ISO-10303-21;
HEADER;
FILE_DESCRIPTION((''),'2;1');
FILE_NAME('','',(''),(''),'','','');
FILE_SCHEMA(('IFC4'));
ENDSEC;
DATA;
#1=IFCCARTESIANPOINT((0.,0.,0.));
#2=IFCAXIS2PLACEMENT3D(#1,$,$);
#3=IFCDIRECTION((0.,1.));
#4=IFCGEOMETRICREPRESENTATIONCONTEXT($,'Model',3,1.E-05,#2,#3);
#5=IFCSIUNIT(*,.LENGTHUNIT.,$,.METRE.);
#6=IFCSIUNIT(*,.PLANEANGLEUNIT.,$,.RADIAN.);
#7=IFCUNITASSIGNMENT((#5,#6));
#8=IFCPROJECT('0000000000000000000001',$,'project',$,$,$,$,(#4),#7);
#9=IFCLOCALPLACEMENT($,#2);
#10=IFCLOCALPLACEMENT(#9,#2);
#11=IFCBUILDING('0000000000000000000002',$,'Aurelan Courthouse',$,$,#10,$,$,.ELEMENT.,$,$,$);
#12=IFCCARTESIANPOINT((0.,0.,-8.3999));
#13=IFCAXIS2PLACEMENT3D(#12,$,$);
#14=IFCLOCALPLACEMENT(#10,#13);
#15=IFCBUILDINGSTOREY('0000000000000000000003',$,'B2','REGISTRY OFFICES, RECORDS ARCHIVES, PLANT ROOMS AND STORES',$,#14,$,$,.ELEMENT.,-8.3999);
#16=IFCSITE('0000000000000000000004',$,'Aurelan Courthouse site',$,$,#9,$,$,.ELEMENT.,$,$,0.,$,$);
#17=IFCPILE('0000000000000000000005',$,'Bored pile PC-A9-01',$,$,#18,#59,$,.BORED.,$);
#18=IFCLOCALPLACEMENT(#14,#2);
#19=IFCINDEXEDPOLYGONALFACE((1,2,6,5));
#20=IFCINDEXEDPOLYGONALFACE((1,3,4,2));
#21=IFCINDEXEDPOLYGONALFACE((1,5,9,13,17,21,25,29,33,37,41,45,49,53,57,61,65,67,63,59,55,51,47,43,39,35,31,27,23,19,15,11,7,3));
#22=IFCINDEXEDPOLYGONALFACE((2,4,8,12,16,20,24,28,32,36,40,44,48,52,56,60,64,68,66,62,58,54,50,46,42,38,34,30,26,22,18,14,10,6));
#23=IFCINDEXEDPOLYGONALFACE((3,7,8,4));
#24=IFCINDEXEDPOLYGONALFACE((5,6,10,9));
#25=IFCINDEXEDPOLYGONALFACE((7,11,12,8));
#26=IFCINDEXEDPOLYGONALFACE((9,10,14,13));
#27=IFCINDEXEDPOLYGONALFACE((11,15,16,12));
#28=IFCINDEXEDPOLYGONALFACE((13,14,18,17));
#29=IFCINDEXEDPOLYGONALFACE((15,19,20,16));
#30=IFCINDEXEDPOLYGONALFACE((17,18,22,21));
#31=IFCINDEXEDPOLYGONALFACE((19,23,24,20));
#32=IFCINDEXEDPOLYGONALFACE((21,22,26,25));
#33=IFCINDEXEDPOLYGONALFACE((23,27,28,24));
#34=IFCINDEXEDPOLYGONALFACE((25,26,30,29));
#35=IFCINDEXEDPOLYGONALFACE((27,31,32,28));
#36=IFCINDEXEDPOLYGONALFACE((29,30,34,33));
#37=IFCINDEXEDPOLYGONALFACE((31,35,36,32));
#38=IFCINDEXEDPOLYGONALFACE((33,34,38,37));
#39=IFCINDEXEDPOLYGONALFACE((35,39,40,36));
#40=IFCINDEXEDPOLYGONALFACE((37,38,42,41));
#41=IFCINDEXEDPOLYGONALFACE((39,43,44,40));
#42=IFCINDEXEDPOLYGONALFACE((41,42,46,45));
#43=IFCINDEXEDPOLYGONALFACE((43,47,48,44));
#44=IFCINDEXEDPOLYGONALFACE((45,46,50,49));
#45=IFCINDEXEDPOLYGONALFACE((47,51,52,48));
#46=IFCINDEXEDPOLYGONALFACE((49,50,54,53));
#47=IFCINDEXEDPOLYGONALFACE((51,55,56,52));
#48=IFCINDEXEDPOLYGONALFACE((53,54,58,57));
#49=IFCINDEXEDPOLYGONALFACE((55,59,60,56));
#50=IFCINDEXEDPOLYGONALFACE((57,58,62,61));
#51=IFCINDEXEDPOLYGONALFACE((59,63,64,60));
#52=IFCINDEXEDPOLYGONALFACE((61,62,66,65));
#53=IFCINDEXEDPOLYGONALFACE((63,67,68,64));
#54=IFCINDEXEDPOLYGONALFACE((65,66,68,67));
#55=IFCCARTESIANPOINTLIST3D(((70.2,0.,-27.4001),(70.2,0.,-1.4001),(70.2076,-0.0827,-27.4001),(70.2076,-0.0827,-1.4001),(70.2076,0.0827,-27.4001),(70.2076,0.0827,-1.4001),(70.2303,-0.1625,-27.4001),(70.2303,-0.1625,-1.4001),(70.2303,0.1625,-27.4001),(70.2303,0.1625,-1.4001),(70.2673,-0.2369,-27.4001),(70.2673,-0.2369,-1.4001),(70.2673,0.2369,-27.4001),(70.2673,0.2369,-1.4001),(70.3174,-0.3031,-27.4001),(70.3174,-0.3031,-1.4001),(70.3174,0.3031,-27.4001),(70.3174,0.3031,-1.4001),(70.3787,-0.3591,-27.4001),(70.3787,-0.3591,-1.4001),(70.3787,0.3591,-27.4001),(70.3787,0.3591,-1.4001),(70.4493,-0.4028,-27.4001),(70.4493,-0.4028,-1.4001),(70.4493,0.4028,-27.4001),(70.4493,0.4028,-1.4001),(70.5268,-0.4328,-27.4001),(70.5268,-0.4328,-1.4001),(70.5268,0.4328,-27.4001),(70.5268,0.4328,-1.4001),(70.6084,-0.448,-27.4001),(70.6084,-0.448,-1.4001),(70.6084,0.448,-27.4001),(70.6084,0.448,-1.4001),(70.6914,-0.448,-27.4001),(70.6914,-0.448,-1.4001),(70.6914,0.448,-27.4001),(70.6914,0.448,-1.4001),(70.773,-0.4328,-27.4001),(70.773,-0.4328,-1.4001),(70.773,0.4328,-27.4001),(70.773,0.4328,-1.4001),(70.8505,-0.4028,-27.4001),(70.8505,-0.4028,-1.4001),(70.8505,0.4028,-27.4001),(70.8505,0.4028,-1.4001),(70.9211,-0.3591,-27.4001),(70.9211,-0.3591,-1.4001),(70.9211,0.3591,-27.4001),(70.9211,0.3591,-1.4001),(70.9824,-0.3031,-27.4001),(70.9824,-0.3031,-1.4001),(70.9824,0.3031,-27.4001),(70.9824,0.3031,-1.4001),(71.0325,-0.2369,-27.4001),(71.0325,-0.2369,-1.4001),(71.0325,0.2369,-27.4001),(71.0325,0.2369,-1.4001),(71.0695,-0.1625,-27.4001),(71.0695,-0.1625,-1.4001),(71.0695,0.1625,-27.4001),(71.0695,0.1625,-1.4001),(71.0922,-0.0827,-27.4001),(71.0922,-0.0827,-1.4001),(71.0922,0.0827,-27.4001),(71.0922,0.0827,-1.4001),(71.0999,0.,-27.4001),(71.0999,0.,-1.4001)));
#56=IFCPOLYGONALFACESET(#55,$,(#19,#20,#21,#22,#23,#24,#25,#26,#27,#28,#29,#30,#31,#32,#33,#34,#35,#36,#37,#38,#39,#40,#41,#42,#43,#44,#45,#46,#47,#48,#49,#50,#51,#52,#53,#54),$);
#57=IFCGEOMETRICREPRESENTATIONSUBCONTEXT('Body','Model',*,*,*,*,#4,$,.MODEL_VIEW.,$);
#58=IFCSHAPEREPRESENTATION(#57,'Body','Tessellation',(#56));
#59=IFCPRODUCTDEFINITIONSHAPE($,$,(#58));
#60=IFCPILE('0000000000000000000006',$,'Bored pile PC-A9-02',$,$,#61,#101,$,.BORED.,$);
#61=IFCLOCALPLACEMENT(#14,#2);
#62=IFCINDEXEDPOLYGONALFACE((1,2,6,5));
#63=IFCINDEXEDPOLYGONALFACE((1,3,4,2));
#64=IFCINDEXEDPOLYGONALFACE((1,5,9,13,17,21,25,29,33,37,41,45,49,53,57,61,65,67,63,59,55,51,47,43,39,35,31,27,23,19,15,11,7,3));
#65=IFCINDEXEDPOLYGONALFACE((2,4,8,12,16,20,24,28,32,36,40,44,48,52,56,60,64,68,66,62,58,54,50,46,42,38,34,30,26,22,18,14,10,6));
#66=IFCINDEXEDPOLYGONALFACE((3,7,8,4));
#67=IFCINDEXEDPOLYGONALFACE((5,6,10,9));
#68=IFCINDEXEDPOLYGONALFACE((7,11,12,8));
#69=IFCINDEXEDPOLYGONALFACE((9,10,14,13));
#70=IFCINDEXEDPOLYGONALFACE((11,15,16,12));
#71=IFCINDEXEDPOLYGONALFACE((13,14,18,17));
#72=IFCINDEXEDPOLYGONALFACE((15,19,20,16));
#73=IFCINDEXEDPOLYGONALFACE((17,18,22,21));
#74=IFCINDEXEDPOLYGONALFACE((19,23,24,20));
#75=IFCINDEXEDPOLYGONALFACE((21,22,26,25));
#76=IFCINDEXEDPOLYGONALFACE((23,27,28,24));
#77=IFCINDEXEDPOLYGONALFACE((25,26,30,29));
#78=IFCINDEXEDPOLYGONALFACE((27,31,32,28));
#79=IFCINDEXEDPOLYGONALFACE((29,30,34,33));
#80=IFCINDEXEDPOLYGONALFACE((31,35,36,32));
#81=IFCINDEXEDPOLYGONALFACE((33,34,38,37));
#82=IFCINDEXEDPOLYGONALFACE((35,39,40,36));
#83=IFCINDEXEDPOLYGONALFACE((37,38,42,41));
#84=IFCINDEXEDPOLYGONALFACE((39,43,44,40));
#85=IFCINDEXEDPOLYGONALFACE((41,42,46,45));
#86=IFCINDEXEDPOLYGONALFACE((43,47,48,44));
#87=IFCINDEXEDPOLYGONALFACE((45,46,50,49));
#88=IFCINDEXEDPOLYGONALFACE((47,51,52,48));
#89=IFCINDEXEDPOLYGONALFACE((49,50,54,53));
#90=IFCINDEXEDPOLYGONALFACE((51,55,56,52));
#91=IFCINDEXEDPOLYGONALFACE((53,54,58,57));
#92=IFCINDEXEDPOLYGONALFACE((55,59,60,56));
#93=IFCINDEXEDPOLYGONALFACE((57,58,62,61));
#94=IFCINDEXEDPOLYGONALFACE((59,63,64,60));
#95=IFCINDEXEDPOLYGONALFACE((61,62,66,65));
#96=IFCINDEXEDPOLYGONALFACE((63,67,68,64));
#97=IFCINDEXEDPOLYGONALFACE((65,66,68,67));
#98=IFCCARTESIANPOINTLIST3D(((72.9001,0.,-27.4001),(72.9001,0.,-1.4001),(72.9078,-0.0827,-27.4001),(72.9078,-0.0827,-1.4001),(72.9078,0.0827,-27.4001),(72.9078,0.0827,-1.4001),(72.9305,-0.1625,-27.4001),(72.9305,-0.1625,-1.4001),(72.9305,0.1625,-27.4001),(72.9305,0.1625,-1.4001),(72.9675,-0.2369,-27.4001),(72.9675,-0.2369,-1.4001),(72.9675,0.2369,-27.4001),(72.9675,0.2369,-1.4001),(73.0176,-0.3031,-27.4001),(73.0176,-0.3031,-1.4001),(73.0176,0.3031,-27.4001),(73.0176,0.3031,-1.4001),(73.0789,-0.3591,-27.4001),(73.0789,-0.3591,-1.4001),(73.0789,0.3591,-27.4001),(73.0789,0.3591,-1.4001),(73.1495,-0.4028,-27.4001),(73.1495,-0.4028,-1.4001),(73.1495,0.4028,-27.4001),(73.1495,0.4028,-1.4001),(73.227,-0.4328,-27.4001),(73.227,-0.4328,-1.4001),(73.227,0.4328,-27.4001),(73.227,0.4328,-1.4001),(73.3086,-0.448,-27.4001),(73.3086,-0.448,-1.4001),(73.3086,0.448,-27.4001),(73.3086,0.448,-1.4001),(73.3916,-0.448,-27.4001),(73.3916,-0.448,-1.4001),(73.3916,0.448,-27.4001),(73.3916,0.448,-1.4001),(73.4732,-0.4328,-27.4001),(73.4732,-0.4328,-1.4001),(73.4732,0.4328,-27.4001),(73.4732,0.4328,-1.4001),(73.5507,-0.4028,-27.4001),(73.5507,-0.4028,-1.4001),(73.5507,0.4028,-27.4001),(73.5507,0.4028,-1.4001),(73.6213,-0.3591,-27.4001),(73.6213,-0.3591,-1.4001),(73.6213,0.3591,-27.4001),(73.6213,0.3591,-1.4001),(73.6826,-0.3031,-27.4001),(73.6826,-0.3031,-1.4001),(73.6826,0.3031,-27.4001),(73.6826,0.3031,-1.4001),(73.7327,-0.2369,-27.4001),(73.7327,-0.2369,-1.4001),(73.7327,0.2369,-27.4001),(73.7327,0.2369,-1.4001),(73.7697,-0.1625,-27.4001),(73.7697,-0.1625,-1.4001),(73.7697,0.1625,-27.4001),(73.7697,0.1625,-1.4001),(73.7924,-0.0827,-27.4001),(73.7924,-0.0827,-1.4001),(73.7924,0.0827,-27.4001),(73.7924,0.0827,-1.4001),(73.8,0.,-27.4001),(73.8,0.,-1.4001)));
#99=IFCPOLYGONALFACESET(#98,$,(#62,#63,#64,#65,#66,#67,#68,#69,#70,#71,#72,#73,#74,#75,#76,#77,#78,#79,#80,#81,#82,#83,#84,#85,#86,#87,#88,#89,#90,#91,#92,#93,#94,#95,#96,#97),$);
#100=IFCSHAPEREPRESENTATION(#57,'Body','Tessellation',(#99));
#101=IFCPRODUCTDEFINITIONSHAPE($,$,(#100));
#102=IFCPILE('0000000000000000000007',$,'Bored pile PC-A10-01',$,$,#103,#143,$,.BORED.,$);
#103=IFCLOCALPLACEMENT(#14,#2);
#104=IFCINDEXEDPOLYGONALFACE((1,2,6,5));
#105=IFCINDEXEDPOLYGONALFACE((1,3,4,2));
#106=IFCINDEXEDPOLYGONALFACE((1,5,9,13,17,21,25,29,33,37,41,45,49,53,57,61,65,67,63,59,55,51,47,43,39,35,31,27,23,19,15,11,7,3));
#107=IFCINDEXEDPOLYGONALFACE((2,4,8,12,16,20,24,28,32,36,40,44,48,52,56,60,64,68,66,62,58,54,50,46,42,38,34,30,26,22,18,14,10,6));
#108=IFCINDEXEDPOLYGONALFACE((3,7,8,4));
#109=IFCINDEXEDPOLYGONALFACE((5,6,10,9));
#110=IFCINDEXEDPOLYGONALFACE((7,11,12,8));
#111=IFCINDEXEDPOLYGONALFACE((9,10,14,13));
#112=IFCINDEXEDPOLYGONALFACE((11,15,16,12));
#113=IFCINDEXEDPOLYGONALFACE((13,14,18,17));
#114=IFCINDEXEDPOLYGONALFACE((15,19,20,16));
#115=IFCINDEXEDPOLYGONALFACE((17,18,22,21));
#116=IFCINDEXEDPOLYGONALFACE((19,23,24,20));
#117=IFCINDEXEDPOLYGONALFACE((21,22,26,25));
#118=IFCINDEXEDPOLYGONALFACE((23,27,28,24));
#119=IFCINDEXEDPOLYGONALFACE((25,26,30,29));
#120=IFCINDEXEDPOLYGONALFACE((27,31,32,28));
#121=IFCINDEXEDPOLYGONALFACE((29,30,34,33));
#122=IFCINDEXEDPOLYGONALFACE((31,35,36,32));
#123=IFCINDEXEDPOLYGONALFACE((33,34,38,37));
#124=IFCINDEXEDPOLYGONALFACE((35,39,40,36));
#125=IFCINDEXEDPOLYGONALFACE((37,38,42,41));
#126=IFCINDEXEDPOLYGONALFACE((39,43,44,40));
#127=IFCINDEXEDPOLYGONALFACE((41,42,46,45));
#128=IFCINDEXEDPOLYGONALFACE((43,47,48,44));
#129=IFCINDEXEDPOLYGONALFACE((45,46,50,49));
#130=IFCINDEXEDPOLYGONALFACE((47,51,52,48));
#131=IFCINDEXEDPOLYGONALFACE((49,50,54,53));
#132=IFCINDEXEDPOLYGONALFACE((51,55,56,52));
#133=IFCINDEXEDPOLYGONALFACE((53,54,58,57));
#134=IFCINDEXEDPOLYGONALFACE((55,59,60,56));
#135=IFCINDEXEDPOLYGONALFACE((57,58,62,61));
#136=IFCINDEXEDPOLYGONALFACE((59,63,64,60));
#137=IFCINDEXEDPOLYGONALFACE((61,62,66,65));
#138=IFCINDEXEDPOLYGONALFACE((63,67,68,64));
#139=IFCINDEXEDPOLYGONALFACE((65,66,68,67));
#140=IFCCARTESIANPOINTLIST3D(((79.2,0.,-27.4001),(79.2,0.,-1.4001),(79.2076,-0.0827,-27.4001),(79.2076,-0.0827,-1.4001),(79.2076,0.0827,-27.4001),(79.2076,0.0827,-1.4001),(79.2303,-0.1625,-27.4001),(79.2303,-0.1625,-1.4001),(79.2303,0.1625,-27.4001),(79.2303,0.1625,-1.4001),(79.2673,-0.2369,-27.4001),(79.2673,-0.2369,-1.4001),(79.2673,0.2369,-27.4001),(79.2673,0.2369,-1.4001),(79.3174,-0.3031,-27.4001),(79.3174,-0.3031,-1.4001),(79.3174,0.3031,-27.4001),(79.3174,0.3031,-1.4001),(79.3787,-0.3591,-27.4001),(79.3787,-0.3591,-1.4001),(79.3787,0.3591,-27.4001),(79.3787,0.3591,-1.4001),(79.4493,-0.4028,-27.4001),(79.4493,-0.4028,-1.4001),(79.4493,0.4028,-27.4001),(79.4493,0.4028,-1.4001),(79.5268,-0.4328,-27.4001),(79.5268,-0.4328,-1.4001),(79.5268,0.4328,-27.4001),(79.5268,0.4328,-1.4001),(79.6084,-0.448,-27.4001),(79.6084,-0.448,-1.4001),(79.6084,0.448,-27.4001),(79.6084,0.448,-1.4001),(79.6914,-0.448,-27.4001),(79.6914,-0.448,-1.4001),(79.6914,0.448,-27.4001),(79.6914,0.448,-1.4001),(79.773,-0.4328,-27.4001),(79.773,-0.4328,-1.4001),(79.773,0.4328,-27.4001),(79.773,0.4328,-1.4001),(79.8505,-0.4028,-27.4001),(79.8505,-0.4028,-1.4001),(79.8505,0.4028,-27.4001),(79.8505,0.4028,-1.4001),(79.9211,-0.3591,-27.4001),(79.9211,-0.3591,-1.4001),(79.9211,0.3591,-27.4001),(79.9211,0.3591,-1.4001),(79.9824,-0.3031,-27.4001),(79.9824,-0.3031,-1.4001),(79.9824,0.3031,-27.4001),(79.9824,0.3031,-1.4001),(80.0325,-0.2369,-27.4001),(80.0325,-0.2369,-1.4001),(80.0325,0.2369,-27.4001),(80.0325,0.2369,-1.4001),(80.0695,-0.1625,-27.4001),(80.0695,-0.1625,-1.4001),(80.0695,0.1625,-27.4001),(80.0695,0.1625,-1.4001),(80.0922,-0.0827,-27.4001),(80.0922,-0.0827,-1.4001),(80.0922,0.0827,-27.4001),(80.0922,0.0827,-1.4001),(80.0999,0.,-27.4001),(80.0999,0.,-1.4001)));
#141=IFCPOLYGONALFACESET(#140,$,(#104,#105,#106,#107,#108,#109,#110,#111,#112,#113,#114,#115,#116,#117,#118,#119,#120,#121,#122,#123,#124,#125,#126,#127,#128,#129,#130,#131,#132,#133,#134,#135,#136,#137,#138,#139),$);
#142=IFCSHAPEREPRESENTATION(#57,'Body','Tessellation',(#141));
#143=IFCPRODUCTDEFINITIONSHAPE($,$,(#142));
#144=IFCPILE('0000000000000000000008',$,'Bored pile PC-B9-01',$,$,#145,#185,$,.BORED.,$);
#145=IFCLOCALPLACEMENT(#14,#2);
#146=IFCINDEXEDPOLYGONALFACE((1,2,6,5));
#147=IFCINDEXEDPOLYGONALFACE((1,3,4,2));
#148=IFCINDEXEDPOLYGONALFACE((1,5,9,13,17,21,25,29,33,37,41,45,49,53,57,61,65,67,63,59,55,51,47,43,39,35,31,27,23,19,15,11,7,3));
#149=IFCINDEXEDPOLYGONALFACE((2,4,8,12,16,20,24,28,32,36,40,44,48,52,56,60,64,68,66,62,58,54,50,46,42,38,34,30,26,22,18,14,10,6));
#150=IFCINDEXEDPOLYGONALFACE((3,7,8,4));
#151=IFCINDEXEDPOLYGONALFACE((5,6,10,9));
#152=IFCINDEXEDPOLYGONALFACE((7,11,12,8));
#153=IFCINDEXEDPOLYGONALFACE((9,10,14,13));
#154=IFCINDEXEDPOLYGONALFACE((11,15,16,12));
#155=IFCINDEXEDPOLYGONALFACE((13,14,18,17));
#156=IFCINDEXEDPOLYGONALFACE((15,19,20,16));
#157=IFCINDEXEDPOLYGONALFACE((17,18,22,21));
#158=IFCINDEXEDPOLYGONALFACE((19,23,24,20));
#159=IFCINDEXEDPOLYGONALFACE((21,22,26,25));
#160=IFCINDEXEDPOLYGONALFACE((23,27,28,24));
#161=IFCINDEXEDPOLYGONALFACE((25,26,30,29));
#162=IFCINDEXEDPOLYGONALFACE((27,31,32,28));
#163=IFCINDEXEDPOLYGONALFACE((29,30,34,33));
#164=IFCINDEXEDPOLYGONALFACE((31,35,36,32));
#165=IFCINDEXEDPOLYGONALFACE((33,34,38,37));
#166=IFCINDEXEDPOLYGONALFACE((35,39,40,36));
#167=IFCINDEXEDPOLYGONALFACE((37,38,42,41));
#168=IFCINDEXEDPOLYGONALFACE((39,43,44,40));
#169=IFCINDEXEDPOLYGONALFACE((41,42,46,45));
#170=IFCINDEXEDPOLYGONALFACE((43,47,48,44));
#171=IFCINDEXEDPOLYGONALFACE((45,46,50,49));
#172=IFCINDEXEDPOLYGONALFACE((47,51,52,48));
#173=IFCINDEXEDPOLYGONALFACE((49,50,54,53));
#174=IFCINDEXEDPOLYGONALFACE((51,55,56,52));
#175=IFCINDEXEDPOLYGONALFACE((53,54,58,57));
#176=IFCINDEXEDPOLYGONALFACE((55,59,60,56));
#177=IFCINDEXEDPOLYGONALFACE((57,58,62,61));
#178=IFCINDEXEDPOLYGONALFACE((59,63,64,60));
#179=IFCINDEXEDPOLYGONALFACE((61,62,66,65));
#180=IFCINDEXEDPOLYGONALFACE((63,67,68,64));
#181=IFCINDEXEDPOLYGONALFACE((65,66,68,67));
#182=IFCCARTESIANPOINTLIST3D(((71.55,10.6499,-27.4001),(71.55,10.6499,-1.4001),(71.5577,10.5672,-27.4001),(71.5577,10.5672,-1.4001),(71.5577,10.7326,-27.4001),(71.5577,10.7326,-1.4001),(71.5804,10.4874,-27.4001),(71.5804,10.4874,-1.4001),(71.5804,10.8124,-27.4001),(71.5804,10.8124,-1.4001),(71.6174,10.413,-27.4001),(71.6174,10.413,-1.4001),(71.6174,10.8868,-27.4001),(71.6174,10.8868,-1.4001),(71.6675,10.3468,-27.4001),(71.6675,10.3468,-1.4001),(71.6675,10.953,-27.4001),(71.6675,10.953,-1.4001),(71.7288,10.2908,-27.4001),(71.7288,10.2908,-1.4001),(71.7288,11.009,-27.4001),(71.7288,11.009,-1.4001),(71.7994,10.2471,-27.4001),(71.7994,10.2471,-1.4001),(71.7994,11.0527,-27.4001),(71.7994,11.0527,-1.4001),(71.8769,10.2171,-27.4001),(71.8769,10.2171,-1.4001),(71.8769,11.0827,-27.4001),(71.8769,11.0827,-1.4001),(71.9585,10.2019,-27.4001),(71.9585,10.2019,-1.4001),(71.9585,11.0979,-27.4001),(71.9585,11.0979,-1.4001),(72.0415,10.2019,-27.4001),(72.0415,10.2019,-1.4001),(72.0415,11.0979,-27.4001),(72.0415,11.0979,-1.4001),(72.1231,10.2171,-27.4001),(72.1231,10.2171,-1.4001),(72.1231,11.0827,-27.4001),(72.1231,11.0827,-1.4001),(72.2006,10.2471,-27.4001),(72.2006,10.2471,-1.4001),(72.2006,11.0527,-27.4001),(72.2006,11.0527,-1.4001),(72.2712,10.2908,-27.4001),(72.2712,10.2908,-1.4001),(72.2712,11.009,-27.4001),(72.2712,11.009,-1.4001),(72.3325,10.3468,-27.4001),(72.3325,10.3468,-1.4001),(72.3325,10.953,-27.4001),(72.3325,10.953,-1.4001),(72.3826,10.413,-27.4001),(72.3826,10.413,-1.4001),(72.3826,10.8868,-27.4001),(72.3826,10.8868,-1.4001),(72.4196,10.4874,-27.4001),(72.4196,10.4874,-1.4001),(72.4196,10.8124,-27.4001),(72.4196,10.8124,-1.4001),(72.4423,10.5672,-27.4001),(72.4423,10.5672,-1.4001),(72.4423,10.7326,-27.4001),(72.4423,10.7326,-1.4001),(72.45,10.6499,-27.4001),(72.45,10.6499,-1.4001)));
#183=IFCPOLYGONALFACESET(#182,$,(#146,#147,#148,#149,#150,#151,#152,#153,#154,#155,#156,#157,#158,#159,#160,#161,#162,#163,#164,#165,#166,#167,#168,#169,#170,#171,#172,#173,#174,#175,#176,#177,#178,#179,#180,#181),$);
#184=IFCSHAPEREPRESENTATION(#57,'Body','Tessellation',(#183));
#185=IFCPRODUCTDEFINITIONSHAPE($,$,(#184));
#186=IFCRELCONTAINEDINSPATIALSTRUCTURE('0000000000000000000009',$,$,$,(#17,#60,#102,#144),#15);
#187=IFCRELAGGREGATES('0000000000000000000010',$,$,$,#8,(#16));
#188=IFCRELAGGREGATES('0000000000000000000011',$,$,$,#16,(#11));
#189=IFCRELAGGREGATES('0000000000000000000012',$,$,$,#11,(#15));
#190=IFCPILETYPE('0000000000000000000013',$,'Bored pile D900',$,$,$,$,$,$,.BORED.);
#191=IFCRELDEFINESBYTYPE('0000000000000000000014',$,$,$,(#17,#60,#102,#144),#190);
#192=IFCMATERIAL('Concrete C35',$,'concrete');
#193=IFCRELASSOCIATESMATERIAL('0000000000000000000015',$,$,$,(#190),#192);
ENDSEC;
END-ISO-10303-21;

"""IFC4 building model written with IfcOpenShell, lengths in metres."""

from ifc_helpers import new_model, si_unit, direction, frame, origin, origin_2d, place, context, subcontext, project, spatial, circle, extrude, material, material_profile, profile_set, type_object, element, save


model = new_model("IFC4")

# Units and contexts
model_context = context("Model", 3, precision=1e-05, world=origin(), true_north=direction((0.0, 1.0)))
body_context = subcontext(model_context, "Body", "Model", "MODEL_VIEW")
ifc_project = project(units=[si_unit("LENGTHUNIT", "METRE"), si_unit("PLANEANGLEUNIT", "RADIAN")], contexts=[model_context])

# Site, building, storey
site_placement = place(None, origin())
site = spatial("IfcSite", under=ifc_project, at=site_placement, Name="Aurelan Courthouse site", CompositionType="ELEMENT", RefElevation=0.0)
building_placement = place(site_placement, origin())
building = spatial("IfcBuilding", under=site, at=building_placement, Name="Aurelan Courthouse", CompositionType="ELEMENT")
storey_placement = place(building_placement, frame((0.0, 0.0, -8.3999)))
storey = spatial("IfcBuildingStorey", under=building, at=storey_placement, Name="B2", Description="REGISTRY OFFICES, RECORDS ARCHIVES, PLANT ROOMS AND STORES", CompositionType="ELEMENT", Elevation=-8.3999)

# Piles
ifc_material_1 = material(Name="Concrete C35", Category="concrete")
ifc_material_profile_1 = material_profile(ifc_material_1, circle(Radius=0.45, at=origin_2d()), Name="D900")
ifc_profile_set_1 = profile_set([ifc_material_profile_1], Name="Concrete C35")
pile_type = type_object("IfcPileType", Name="Bored pile D900", PredefinedType="BORED", material=ifc_profile_set_1)
for number, where, z_axis, x_axis, name in (
    (1, (70.6499, 0.0, -1.4001), (0.0, 0.0, -1.0), (1.0, 0.0, 0.0), "Bored pile PC-A9-01"),
    (2, (73.3501, 0.0, -1.4001), (0.0, 0.0, -1.0), (1.0, 0.0, 0.0), "Bored pile PC-A9-02"),
    (3, (79.6499, 0.0, -1.4001), (0.0, 0.0, -1.0), (1.0, 0.0, 0.0), "Bored pile PC-A10-01"),
    (4, (72.0, 10.6499, -1.4001), (0.0, 0.0, -1.0), (1.0, 0.0, 0.0), "Bored pile PC-B9-01"),
):
    element("IfcPile", number, at=place(storey_placement, frame(where, z_axis=z_axis, x_axis=x_axis)), inside=storey, type_object=pile_type, Name=name, PredefinedType="BORED", context=body_context, shape_type="SweptSolid", body=[
        extrude(circle(Radius=0.45, at=origin_2d()), origin(), (0.0, 0.0, 1.0), 26.0),
    ])

save(model, "model.ifc")
